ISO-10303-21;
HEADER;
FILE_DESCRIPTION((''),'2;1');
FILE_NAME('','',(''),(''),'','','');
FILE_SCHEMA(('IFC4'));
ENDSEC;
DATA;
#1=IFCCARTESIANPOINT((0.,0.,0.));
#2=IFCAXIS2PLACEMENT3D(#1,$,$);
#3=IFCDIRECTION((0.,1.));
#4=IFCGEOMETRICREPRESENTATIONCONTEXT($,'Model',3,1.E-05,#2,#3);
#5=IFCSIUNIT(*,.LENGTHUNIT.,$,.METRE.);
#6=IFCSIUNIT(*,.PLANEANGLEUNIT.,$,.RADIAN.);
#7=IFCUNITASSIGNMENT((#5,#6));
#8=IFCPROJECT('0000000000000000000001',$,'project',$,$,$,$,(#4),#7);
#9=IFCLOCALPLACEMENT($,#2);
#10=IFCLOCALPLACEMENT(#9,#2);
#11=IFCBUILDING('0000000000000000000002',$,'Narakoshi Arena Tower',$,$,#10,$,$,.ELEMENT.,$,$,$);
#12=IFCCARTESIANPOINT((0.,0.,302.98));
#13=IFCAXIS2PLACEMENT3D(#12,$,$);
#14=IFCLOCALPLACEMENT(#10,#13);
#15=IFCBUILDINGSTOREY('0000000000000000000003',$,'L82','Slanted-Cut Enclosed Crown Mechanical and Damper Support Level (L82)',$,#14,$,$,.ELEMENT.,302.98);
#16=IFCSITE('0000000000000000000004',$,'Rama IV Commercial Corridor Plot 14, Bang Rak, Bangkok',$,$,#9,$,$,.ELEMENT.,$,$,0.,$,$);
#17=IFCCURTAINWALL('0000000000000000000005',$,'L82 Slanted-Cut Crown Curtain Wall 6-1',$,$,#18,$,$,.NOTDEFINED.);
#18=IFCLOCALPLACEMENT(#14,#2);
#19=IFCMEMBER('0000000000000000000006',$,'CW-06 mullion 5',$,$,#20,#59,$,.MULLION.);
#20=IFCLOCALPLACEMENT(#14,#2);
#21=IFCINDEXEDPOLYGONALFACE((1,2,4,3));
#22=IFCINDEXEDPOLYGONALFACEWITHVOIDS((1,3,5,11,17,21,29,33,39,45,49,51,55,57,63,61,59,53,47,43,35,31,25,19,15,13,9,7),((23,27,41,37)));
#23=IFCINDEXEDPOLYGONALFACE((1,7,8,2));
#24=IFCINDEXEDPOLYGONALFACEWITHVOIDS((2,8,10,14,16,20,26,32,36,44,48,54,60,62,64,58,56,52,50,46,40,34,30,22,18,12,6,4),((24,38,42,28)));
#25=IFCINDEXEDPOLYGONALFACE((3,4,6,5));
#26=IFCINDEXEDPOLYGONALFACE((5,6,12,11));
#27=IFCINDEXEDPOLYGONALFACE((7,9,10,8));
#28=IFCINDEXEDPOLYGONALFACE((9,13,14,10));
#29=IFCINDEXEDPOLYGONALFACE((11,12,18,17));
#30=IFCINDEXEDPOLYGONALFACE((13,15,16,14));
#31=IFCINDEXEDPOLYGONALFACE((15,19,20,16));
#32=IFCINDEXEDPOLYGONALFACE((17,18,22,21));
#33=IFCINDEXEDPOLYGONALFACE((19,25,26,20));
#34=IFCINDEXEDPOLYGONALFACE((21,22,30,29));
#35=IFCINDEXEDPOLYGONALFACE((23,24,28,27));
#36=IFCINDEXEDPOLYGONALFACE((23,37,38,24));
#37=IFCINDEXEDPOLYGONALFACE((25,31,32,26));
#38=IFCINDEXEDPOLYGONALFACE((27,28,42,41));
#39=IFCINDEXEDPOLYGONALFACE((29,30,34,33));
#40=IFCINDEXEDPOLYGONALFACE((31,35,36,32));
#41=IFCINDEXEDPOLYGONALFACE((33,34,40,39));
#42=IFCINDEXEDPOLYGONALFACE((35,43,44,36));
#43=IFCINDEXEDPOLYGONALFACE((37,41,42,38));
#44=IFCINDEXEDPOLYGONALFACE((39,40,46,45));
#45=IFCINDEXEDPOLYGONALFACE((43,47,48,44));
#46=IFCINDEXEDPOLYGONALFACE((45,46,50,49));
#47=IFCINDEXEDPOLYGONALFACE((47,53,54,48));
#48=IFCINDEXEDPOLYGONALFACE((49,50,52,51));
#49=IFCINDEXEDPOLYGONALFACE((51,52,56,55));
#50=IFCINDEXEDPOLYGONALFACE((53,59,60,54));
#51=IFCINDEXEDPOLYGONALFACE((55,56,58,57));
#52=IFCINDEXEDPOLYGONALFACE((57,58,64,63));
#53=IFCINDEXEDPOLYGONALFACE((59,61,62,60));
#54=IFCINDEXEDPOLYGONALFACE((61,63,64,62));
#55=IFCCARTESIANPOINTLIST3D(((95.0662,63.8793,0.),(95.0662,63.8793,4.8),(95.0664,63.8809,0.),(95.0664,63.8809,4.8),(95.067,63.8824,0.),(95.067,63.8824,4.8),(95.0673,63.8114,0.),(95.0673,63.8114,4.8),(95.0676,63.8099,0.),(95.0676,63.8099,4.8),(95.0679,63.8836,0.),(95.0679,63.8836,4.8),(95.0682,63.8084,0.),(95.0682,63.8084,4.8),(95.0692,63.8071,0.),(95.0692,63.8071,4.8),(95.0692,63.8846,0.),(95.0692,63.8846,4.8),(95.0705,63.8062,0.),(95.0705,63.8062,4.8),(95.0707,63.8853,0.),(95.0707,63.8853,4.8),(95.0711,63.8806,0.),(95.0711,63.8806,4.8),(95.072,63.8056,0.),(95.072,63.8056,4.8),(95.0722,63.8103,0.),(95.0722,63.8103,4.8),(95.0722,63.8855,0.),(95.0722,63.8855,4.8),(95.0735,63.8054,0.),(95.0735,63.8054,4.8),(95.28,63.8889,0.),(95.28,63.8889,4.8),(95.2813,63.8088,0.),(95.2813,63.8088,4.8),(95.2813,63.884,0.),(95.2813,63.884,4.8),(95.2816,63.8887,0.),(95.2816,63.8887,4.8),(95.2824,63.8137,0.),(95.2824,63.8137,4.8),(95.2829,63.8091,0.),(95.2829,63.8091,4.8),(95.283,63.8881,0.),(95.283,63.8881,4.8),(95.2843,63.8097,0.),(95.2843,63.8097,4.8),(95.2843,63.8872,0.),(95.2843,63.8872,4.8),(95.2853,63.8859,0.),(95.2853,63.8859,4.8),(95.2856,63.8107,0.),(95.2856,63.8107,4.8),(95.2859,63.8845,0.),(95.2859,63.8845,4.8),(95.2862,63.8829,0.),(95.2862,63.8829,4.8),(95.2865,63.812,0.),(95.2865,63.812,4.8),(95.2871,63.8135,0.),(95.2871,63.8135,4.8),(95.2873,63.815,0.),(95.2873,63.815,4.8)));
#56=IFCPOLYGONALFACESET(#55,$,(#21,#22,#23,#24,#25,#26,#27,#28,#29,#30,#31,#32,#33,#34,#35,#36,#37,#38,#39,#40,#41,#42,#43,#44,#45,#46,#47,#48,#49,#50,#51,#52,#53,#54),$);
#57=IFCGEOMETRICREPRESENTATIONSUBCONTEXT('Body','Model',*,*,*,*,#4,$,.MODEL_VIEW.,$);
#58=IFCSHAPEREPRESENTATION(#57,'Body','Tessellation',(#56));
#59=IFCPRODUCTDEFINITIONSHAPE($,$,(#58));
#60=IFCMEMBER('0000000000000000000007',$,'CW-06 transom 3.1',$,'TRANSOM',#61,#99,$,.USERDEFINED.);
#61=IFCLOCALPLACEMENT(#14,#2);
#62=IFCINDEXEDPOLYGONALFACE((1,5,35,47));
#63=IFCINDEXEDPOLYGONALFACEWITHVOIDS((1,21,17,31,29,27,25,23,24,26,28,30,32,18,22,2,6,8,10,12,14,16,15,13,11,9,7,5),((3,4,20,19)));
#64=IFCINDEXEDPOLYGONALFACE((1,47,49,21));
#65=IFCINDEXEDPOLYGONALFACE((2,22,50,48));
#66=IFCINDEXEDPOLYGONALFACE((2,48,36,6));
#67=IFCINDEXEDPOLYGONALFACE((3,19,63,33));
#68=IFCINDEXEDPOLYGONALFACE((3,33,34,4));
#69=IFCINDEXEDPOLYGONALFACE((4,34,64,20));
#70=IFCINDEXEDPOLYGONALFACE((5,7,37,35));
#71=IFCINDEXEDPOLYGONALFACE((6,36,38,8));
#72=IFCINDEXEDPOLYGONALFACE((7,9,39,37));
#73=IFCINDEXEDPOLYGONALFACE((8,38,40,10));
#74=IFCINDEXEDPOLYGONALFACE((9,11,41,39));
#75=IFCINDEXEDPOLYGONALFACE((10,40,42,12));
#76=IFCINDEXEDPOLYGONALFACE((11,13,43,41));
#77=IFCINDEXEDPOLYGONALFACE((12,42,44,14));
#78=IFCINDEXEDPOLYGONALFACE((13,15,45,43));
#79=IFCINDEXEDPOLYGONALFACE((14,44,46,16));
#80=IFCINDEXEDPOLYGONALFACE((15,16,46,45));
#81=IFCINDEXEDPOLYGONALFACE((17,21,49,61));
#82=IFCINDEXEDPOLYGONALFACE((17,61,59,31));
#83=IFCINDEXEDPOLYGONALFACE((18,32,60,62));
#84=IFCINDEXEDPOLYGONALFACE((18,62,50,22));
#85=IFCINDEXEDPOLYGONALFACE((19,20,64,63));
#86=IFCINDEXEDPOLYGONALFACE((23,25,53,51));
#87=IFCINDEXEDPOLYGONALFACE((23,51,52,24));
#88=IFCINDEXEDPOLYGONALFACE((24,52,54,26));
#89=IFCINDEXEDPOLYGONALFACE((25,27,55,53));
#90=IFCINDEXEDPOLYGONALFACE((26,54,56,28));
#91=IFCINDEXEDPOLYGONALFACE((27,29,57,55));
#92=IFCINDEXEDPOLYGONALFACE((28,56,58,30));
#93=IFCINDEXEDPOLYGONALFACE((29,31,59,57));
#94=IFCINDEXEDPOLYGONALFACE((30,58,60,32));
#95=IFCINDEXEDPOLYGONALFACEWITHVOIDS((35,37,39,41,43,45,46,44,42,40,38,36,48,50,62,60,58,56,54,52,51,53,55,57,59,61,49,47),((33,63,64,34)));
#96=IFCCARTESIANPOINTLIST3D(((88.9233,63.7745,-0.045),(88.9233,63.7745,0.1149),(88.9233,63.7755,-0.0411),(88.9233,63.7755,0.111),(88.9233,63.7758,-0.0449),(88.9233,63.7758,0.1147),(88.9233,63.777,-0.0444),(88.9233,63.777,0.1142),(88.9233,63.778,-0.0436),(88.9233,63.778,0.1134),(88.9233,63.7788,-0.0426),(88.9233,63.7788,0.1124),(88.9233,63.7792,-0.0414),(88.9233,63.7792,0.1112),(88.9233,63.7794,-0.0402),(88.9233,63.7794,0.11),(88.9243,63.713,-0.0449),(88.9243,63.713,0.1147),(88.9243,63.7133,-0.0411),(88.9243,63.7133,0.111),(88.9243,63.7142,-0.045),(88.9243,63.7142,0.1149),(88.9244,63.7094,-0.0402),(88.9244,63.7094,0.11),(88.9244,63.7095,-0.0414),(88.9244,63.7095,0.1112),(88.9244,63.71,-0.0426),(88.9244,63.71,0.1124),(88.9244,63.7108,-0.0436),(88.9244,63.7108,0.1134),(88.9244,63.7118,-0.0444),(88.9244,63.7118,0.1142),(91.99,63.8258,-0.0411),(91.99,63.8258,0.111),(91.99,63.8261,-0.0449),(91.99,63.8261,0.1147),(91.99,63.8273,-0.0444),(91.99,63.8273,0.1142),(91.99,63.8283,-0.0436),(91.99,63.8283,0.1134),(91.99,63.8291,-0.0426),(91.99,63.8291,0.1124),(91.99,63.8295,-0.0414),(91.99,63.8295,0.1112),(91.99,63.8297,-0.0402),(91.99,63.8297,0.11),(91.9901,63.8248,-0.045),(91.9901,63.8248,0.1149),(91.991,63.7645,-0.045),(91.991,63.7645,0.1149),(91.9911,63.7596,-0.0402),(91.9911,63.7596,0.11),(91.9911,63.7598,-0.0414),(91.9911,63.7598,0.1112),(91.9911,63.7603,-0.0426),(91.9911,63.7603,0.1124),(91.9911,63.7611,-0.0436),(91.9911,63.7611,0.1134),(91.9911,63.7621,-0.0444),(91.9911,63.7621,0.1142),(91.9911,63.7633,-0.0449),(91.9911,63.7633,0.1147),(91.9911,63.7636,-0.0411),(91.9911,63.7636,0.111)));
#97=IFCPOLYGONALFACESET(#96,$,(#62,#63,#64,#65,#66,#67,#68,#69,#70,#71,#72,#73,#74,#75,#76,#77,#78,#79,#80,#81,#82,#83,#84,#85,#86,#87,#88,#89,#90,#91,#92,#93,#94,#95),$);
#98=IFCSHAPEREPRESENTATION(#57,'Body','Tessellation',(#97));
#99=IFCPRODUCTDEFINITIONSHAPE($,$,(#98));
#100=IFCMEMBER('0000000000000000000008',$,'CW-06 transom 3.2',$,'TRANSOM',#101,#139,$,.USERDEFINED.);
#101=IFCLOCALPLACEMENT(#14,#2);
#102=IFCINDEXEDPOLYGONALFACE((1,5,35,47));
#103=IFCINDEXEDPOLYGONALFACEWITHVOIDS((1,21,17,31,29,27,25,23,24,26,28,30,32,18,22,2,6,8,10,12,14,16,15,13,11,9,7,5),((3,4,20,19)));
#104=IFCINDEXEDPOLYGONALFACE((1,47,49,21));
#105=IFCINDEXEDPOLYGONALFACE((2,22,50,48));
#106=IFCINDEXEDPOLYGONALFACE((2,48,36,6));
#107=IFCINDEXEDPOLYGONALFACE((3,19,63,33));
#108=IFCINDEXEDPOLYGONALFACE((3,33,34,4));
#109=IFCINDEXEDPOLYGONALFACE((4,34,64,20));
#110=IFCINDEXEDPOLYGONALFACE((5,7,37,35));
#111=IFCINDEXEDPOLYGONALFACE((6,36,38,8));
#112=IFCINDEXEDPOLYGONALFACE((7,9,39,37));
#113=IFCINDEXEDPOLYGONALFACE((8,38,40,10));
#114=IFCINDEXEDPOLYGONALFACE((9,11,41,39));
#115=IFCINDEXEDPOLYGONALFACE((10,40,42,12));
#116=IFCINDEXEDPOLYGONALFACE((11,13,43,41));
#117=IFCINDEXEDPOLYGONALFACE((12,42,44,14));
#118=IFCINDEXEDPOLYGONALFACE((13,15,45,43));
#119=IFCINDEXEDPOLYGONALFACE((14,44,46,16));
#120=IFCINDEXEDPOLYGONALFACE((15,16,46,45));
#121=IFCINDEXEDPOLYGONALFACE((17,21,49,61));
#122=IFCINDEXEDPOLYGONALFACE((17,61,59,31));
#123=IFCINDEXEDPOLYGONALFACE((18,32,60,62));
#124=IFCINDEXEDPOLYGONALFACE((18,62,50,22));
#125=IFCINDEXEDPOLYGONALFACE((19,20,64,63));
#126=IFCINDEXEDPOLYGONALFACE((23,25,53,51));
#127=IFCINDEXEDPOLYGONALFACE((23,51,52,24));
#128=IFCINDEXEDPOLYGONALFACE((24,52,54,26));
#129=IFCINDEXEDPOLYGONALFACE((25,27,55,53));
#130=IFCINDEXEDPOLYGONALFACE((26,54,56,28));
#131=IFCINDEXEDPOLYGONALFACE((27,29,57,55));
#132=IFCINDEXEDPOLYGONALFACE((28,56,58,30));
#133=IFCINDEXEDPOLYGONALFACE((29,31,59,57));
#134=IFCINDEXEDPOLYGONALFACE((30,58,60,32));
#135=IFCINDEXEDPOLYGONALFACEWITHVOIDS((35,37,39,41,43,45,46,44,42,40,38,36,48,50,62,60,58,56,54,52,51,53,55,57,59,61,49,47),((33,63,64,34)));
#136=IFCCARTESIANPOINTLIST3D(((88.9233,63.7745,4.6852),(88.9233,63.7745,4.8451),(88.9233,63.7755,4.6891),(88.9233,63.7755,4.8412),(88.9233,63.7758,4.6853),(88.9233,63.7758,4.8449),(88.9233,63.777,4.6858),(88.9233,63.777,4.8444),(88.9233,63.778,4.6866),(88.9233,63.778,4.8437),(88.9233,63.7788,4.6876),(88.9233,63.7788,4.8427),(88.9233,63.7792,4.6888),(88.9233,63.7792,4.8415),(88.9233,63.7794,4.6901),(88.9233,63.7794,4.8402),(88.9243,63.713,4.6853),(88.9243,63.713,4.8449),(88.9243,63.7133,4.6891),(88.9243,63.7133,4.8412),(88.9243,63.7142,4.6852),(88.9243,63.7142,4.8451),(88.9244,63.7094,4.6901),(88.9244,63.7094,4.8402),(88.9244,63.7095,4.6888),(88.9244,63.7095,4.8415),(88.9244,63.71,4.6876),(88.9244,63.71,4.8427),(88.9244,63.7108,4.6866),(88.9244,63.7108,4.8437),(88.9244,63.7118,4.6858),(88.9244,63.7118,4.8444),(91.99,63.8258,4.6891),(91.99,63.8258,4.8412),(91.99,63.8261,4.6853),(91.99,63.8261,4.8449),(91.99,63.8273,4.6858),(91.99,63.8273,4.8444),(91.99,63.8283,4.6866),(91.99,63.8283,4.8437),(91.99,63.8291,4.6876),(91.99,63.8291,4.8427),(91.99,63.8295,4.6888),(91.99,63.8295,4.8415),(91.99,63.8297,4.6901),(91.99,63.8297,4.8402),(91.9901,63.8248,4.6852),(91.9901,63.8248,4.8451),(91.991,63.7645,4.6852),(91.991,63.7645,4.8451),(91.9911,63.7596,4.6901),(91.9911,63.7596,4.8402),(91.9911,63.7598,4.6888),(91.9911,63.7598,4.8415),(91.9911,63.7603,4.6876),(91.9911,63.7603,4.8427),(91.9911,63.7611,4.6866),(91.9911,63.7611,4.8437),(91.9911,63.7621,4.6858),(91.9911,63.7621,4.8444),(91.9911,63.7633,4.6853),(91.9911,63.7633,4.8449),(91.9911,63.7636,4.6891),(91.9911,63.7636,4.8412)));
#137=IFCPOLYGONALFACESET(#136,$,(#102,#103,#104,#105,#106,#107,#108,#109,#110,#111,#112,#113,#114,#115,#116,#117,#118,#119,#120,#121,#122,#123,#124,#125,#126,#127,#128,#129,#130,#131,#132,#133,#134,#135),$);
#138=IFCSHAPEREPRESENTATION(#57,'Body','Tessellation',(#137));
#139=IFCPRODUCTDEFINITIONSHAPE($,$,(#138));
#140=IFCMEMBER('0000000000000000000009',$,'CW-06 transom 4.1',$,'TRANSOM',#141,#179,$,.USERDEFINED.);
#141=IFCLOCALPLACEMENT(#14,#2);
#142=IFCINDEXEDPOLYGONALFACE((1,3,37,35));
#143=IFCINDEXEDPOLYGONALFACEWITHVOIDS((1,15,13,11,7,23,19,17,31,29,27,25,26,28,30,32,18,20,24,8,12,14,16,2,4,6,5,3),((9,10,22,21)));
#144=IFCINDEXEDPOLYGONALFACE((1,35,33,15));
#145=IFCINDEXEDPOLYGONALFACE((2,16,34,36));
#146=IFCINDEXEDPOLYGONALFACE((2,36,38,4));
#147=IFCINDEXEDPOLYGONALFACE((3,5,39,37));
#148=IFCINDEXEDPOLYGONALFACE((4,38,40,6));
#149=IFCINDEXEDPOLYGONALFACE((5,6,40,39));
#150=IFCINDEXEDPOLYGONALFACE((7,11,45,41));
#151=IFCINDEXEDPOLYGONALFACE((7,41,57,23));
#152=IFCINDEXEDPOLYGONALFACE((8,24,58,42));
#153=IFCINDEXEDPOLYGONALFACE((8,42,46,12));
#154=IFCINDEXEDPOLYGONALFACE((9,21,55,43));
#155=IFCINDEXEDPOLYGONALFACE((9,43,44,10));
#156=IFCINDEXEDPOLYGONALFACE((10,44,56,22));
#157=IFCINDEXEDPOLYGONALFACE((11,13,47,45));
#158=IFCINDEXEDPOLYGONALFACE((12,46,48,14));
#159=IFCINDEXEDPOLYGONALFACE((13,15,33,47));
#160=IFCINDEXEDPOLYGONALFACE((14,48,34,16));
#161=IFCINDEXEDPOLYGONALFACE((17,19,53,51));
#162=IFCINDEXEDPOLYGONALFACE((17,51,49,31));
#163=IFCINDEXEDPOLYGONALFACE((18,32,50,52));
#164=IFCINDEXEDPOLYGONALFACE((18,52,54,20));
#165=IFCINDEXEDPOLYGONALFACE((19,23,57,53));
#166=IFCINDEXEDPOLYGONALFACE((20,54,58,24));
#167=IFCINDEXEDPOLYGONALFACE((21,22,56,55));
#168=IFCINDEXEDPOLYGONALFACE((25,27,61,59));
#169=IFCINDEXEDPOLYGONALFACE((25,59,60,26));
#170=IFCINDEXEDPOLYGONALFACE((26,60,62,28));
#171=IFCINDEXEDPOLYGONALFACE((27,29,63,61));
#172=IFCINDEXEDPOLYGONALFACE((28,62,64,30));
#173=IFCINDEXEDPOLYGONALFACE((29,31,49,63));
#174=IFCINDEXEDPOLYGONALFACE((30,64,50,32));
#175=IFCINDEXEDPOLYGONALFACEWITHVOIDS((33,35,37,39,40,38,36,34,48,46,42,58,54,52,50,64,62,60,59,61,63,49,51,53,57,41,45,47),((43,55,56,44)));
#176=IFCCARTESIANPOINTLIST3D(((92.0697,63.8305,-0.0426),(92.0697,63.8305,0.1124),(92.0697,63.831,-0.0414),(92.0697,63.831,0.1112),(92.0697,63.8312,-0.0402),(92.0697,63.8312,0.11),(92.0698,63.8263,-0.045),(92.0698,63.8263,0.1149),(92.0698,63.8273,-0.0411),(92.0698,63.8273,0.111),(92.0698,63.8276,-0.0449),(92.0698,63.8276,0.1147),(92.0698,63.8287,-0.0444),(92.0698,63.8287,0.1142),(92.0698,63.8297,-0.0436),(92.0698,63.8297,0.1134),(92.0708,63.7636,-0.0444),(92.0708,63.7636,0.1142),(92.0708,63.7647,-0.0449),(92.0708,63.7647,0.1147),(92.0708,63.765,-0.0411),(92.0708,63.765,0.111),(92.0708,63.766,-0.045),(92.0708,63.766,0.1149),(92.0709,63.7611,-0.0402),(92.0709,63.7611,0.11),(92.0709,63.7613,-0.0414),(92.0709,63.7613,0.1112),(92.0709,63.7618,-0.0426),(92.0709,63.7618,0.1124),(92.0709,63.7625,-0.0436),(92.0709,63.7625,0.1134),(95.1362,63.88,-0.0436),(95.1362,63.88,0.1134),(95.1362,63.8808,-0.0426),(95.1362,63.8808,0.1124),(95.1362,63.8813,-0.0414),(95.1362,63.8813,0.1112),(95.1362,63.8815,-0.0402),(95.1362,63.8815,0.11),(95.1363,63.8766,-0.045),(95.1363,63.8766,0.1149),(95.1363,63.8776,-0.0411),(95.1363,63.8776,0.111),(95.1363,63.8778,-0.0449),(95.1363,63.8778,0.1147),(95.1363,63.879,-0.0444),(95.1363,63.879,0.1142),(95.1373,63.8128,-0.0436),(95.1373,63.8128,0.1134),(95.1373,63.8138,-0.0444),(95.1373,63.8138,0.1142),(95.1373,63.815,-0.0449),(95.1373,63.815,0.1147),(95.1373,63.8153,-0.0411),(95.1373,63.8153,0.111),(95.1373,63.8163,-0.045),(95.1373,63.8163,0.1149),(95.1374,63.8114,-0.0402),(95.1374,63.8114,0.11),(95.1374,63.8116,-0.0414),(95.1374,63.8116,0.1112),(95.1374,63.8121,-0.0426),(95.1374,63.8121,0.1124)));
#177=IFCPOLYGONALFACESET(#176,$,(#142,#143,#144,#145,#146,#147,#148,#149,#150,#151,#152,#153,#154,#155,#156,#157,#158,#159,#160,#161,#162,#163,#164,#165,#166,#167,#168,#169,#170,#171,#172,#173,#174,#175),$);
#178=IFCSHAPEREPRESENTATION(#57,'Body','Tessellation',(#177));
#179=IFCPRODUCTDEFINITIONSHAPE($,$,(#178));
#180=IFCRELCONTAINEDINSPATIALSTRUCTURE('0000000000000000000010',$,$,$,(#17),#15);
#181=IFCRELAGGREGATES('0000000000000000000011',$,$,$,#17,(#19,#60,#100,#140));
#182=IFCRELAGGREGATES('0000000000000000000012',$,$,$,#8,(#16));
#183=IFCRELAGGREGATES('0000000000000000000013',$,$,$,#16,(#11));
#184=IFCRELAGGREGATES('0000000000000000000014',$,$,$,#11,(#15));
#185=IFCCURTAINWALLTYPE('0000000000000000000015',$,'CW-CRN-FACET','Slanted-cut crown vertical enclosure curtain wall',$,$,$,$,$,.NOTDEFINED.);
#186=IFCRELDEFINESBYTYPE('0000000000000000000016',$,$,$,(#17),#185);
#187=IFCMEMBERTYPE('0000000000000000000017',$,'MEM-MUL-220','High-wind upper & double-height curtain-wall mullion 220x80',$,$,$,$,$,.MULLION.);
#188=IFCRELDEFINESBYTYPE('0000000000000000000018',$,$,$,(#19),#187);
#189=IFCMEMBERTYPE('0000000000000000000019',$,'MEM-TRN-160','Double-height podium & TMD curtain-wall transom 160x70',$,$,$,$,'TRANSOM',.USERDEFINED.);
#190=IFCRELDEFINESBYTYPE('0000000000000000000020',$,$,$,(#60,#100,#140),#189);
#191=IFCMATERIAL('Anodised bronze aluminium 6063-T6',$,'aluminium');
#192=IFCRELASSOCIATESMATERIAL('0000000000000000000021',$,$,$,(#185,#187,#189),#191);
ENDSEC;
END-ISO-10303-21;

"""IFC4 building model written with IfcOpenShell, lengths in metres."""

from ifc_helpers import new_model, si_unit, direction, frame, origin, origin_2d, place, context, subcontext, project, spatial, hollow_rectangle, extrude, material, material_profile, profile_set, type_object, element, aggregate, save


model = new_model("IFC4")

# Units and contexts
model_context = context("Model", 3, precision=1e-05, world=origin(), true_north=direction((0.0, 1.0)))
body_context = subcontext(model_context, "Body", "Model", "MODEL_VIEW")
ifc_project = project(units=[si_unit("LENGTHUNIT", "METRE"), si_unit("PLANEANGLEUNIT", "RADIAN")], contexts=[model_context])

# Site, building, storey
site_placement = place(None, origin())
site = spatial("IfcSite", under=ifc_project, at=site_placement, Name="Rama IV Commercial Corridor Plot 14, Bang Rak, Bangkok", CompositionType="ELEMENT", RefElevation=0.0)
building_placement = place(site_placement, origin())
building = spatial("IfcBuilding", under=site, at=building_placement, Name="Narakoshi Arena Tower", CompositionType="ELEMENT")
storey_placement = place(building_placement, frame((0.0, 0.0, 302.98)))
storey = spatial("IfcBuildingStorey", under=building, at=storey_placement, Name="L82", Description="Slanted-Cut Enclosed Crown Mechanical and Damper Support Level (L82)", CompositionType="ELEMENT", Elevation=302.98)

# Curtain wall, members
ifc_material_1 = material(Name="Anodised bronze aluminium 6063-T6", Category="aluminium")
curtain_wall_type = type_object("IfcCurtainWallType", Name="CW-CRN-FACET", Description="Slanted-cut crown vertical enclosure curtain wall", PredefinedType="NOTDEFINED", material=ifc_material_1)
curtain_wall_placement = place(storey_placement, origin())
curtain_wall = element("IfcCurtainWall", 1, at=curtain_wall_placement, inside=storey, type_object=curtain_wall_type, Name="L82 Slanted-Cut Crown Curtain Wall 6-1", PredefinedType="NOTDEFINED")
ifc_material_profile_1 = material_profile(ifc_material_1, hollow_rectangle(XDim=0.0801, YDim=0.22, WallThickness=0.0049, OuterFilletRadius=0.0061, at=origin_2d()), Name="MUL220x80x5")
ifc_profile_set_1 = profile_set([ifc_material_profile_1], Name="Anodised bronze aluminium 6063-T6")
member_type_1 = type_object("IfcMemberType", Name="MEM-MUL-220", Description="High-wind upper & double-height curtain-wall mullion 220x80", PredefinedType="MULLION", material=ifc_profile_set_1)
member_1_placement = place(storey_placement, frame((95.1768, 63.8472, 0.0), z_axis=(0.0, 0.0, 1.0), x_axis=(-0.016447, 0.999865, 0.0)))
member_1 = element("IfcMember", 2, at=member_1_placement, type_object=member_type_1, Name="CW-06 mullion 5", PredefinedType="MULLION", context=body_context, shape_type="SweptSolid", body=[
    extrude(hollow_rectangle(XDim=0.0801, YDim=0.22, WallThickness=0.0049, OuterFilletRadius=0.0061, at=origin_2d()), origin(), (0.0, 0.0, 1.0), 4.8),
])
ifc_material_profile_2 = material_profile(ifc_material_1, hollow_rectangle(XDim=0.0701, YDim=0.1599, WallThickness=0.0039, OuterFilletRadius=0.0049, at=origin_2d()), Name="TRN160x70x4")
ifc_profile_set_2 = profile_set([ifc_material_profile_2], Name="Anodised bronze aluminium 6063-T6")
member_type_2 = type_object("IfcMemberType", Name="MEM-TRN-160", Description="Double-height podium & TMD curtain-wall transom 160x70", ElementType="TRANSOM", PredefinedType="USERDEFINED", material=ifc_profile_set_2)
member_2_placement = place(storey_placement, frame((88.9238, 63.7444, 0.0349), z_axis=(0.999866, 0.016398, 0.0), x_axis=(-0.016398, 0.999866, 0.0)))
member_2 = element("IfcMember", 3, at=member_2_placement, type_object=member_type_2, Name="CW-06 transom 3.1", ObjectType="TRANSOM", PredefinedType="USERDEFINED", context=body_context, shape_type="SweptSolid", body=[
    extrude(hollow_rectangle(XDim=0.0701, YDim=0.1599, WallThickness=0.0039, OuterFilletRadius=0.0049, at=origin_2d()), origin(), (0.0, 0.0, 1.0), 3.0671),
])
member_3_placement = place(storey_placement, frame((88.9238, 63.7444, 4.7651), z_axis=(0.999866, 0.016398, 0.0), x_axis=(-0.016398, 0.999866, 0.0)))
member_3 = element("IfcMember", 4, at=member_3_placement, type_object=member_type_2, Name="CW-06 transom 3.2", ObjectType="TRANSOM", PredefinedType="USERDEFINED", context=body_context, shape_type="SweptSolid", body=[
    extrude(hollow_rectangle(XDim=0.0701, YDim=0.1599, WallThickness=0.0039, OuterFilletRadius=0.0049, at=origin_2d()), origin(), (0.0, 0.0, 1.0), 3.0671),
])
member_4_placement = place(storey_placement, frame((92.0703, 63.7961, 0.0349), z_axis=(0.999866, 0.016399, 0.0), x_axis=(-0.016399, 0.999866, 0.0)))
member_4 = element("IfcMember", 5, at=member_4_placement, type_object=member_type_2, Name="CW-06 transom 4.1", ObjectType="TRANSOM", PredefinedType="USERDEFINED", context=body_context, shape_type="SweptSolid", body=[
    extrude(hollow_rectangle(XDim=0.0701, YDim=0.1599, WallThickness=0.0039, OuterFilletRadius=0.0049, at=origin_2d()), origin(), (0.0, 0.0, 1.0), 3.0669),
])
aggregate(curtain_wall, [member_1, member_2, member_3, member_4])

save(model, "model.ifc")
